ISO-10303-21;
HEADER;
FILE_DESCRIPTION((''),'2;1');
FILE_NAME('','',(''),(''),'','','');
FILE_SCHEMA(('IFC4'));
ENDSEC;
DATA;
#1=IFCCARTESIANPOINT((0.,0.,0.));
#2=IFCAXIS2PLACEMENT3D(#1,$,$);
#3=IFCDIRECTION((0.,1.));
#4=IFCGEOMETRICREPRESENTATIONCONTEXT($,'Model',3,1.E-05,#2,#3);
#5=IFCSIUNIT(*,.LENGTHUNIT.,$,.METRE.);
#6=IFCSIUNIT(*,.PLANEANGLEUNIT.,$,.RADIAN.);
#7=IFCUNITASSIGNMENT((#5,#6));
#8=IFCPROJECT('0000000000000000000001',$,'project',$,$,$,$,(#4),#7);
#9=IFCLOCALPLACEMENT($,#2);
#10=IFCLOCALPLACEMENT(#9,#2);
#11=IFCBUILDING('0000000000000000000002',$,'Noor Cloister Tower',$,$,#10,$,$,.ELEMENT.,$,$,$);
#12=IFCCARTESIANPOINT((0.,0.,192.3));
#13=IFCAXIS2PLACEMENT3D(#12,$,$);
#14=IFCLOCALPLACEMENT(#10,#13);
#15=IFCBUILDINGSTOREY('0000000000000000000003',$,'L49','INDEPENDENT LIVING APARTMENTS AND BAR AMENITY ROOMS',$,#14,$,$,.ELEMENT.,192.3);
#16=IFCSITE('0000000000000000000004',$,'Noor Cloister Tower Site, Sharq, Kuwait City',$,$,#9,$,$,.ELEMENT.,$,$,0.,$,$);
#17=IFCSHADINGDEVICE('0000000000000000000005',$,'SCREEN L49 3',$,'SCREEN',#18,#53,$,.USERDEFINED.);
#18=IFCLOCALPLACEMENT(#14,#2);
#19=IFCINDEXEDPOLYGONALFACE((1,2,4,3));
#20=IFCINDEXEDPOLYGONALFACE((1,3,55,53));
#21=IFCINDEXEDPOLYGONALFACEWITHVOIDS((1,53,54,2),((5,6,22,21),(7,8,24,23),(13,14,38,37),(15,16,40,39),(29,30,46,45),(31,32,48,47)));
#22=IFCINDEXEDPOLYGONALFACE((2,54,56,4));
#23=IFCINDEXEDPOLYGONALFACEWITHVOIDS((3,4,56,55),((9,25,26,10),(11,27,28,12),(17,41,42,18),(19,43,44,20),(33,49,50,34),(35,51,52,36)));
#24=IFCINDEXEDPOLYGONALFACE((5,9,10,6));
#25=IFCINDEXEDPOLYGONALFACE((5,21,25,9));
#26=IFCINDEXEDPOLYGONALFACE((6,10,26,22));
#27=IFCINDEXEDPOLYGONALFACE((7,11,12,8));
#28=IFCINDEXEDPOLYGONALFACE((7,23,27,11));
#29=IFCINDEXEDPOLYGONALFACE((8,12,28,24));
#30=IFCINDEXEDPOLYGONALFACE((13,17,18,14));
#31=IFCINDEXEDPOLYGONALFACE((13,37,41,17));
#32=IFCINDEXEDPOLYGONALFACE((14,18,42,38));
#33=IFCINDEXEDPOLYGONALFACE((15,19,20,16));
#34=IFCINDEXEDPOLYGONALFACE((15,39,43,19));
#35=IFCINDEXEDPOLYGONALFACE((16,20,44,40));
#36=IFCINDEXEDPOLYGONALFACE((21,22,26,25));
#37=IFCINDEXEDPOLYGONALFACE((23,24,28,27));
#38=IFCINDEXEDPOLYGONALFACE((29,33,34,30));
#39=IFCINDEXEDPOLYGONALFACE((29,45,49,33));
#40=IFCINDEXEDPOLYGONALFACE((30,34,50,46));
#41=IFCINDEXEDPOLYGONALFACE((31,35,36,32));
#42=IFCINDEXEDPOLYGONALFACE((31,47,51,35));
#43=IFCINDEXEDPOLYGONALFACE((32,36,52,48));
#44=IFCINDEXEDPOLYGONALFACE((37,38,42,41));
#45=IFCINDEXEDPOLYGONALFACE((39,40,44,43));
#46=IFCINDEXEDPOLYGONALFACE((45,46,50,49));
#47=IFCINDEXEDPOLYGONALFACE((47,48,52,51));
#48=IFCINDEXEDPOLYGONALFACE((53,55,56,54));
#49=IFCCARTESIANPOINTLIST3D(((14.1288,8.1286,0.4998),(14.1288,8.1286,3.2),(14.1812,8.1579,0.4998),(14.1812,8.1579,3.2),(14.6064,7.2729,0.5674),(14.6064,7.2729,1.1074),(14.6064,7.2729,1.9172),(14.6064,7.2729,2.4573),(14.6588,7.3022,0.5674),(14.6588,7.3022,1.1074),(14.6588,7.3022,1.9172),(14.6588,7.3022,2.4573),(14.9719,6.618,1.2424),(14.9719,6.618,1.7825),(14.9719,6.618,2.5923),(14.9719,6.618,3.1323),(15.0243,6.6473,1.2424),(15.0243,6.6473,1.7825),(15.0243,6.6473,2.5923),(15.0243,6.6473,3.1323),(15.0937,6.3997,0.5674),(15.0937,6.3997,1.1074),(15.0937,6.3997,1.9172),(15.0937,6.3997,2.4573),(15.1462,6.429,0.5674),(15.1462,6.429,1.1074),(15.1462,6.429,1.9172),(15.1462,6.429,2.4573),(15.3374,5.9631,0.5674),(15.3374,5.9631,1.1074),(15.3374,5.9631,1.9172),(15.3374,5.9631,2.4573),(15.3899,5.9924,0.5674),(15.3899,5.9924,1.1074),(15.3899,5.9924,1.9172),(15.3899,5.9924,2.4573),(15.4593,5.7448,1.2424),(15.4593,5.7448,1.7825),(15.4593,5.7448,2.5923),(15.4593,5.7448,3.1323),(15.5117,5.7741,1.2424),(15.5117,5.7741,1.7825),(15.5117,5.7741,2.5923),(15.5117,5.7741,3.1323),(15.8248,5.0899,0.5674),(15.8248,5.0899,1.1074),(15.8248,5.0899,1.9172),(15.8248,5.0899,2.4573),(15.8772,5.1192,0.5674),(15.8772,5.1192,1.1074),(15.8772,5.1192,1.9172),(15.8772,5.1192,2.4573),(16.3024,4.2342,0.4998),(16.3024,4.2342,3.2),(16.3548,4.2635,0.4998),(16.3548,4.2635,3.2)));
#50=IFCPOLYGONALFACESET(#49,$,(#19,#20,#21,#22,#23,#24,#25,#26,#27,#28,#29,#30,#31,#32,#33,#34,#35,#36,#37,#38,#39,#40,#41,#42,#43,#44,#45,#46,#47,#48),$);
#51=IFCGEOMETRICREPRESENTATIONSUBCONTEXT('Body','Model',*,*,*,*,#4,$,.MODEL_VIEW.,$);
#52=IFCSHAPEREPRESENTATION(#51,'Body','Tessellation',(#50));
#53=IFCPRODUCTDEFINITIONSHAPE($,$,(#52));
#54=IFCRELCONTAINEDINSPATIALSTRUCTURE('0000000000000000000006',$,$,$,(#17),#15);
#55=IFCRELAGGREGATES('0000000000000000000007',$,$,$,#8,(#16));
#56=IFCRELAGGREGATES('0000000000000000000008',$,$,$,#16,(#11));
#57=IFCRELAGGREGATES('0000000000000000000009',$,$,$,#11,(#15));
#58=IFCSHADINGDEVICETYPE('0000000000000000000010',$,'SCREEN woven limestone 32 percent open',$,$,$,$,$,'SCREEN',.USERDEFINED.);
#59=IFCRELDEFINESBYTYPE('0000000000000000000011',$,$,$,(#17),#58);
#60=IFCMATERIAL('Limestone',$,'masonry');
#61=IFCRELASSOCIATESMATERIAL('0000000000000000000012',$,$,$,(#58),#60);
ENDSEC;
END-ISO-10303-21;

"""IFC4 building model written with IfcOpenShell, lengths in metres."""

from ifc_helpers import new_model, si_unit, direction, frame, origin, place, context, subcontext, project, spatial, polyline, outline, extrude, material, material_profile, profile_set, type_object, element, save


model = new_model("IFC4")

# Units and contexts
model_context = context("Model", 3, precision=1e-05, world=origin(), true_north=direction((0.0, 1.0)))
body_context = subcontext(model_context, "Body", "Model", "MODEL_VIEW")
ifc_project = project(units=[si_unit("LENGTHUNIT", "METRE"), si_unit("PLANEANGLEUNIT", "RADIAN")], contexts=[model_context])

# Site, building, storey
site_placement = place(None, origin())
site = spatial("IfcSite", under=ifc_project, at=site_placement, Name="Noor Cloister Tower Site, Sharq, Kuwait City", CompositionType="ELEMENT", RefElevation=0.0)
building_placement = place(site_placement, origin())
building = spatial("IfcBuilding", under=site, at=building_placement, Name="Noor Cloister Tower", CompositionType="ELEMENT")
storey_placement = place(building_placement, frame((0.0, 0.0, 192.3)))
storey = spatial("IfcBuildingStorey", under=building, at=storey_placement, Name="L49", Description="INDEPENDENT LIVING APARTMENTS AND BAR AMENITY ROOMS", CompositionType="ELEMENT", Elevation=192.3)

# Shading device
ifc_material_1 = material(Name="Limestone", Category="masonry")
ifc_material_profile_1 = material_profile(ifc_material_1, outline(polyline([(-2.23, -1.3501), (2.23, -1.3501), (2.23, 1.3501), (-2.23, 1.3501), (-2.23, -1.3501)]), holes=[polyline([(-1.25, -1.2825), (-0.25, -1.2825), (-0.25, -0.7424), (-1.25, -0.7424), (-1.25, -1.2825)]), polyline([(0.25, -1.2825), (1.25, -1.2825), (1.25, -0.7424), (0.25, -0.7424), (0.25, -1.2825)]), polyline([(-0.5, -0.6074), (0.5, -0.6074), (0.5, -0.0674), (-0.5, -0.0674), (-0.5, -0.6074)]), polyline([(-1.25, 0.0674), (-0.25, 0.0674), (-0.25, 0.6074), (-1.25, 0.6074), (-1.25, 0.0674)]), polyline([(0.25, 0.0674), (1.25, 0.0674), (1.25, 0.6074), (0.25, 0.6074), (0.25, 0.0674)]), polyline([(-0.5, 0.7424), (0.5, 0.7424), (0.5, 1.2825), (-0.5, 1.2825), (-0.5, 0.7424)])]), Name="Woven screen 32 percent open")
ifc_profile_set_1 = profile_set([ifc_material_profile_1], Name="Limestone")
shading_device_type = type_object("IfcShadingDeviceType", Name="SCREEN woven limestone 32 percent open", ElementType="SCREEN", PredefinedType="USERDEFINED", material=ifc_profile_set_1)
for number, where, z_axis, x_axis, name in (
    (1, (15.2156, 6.1814, 1.8499), (0.873198, 0.487366, 0.0), (-0.487366, 0.873198, 0.0), "SCREEN L49 3"),
):
    element("IfcShadingDevice", number, at=place(storey_placement, frame(where, z_axis=z_axis, x_axis=x_axis)), inside=storey, type_object=shading_device_type, Name=name, ObjectType="SCREEN", PredefinedType="USERDEFINED", context=body_context, shape_type="SweptSolid", body=[
        extrude(outline(polyline([(-2.23, -1.3501), (2.23, -1.3501), (2.23, 1.3501), (-2.23, 1.3501), (-2.23, -1.3501)]), holes=[polyline([(-1.25, -1.2825), (-0.25, -1.2825), (-0.25, -0.7424), (-1.25, -0.7424), (-1.25, -1.2825)]), polyline([(0.25, -1.2825), (1.25, -1.2825), (1.25, -0.7424), (0.25, -0.7424), (0.25, -1.2825)]), polyline([(-0.5, -0.6074), (0.5, -0.6074), (0.5, -0.0674), (-0.5, -0.0674), (-0.5, -0.6074)]), polyline([(-1.25, 0.0674), (-0.25, 0.0674), (-0.25, 0.6074), (-1.25, 0.6074), (-1.25, 0.0674)]), polyline([(0.25, 0.0674), (1.25, 0.0674), (1.25, 0.6074), (0.25, 0.6074), (0.25, 0.0674)]), polyline([(-0.5, 0.7424), (0.5, 0.7424), (0.5, 1.2825), (-0.5, 1.2825), (-0.5, 0.7424)])]), origin(), (0.0, 0.0, 1.0), 0.0601),
    ])

save(model, "model.ifc")
